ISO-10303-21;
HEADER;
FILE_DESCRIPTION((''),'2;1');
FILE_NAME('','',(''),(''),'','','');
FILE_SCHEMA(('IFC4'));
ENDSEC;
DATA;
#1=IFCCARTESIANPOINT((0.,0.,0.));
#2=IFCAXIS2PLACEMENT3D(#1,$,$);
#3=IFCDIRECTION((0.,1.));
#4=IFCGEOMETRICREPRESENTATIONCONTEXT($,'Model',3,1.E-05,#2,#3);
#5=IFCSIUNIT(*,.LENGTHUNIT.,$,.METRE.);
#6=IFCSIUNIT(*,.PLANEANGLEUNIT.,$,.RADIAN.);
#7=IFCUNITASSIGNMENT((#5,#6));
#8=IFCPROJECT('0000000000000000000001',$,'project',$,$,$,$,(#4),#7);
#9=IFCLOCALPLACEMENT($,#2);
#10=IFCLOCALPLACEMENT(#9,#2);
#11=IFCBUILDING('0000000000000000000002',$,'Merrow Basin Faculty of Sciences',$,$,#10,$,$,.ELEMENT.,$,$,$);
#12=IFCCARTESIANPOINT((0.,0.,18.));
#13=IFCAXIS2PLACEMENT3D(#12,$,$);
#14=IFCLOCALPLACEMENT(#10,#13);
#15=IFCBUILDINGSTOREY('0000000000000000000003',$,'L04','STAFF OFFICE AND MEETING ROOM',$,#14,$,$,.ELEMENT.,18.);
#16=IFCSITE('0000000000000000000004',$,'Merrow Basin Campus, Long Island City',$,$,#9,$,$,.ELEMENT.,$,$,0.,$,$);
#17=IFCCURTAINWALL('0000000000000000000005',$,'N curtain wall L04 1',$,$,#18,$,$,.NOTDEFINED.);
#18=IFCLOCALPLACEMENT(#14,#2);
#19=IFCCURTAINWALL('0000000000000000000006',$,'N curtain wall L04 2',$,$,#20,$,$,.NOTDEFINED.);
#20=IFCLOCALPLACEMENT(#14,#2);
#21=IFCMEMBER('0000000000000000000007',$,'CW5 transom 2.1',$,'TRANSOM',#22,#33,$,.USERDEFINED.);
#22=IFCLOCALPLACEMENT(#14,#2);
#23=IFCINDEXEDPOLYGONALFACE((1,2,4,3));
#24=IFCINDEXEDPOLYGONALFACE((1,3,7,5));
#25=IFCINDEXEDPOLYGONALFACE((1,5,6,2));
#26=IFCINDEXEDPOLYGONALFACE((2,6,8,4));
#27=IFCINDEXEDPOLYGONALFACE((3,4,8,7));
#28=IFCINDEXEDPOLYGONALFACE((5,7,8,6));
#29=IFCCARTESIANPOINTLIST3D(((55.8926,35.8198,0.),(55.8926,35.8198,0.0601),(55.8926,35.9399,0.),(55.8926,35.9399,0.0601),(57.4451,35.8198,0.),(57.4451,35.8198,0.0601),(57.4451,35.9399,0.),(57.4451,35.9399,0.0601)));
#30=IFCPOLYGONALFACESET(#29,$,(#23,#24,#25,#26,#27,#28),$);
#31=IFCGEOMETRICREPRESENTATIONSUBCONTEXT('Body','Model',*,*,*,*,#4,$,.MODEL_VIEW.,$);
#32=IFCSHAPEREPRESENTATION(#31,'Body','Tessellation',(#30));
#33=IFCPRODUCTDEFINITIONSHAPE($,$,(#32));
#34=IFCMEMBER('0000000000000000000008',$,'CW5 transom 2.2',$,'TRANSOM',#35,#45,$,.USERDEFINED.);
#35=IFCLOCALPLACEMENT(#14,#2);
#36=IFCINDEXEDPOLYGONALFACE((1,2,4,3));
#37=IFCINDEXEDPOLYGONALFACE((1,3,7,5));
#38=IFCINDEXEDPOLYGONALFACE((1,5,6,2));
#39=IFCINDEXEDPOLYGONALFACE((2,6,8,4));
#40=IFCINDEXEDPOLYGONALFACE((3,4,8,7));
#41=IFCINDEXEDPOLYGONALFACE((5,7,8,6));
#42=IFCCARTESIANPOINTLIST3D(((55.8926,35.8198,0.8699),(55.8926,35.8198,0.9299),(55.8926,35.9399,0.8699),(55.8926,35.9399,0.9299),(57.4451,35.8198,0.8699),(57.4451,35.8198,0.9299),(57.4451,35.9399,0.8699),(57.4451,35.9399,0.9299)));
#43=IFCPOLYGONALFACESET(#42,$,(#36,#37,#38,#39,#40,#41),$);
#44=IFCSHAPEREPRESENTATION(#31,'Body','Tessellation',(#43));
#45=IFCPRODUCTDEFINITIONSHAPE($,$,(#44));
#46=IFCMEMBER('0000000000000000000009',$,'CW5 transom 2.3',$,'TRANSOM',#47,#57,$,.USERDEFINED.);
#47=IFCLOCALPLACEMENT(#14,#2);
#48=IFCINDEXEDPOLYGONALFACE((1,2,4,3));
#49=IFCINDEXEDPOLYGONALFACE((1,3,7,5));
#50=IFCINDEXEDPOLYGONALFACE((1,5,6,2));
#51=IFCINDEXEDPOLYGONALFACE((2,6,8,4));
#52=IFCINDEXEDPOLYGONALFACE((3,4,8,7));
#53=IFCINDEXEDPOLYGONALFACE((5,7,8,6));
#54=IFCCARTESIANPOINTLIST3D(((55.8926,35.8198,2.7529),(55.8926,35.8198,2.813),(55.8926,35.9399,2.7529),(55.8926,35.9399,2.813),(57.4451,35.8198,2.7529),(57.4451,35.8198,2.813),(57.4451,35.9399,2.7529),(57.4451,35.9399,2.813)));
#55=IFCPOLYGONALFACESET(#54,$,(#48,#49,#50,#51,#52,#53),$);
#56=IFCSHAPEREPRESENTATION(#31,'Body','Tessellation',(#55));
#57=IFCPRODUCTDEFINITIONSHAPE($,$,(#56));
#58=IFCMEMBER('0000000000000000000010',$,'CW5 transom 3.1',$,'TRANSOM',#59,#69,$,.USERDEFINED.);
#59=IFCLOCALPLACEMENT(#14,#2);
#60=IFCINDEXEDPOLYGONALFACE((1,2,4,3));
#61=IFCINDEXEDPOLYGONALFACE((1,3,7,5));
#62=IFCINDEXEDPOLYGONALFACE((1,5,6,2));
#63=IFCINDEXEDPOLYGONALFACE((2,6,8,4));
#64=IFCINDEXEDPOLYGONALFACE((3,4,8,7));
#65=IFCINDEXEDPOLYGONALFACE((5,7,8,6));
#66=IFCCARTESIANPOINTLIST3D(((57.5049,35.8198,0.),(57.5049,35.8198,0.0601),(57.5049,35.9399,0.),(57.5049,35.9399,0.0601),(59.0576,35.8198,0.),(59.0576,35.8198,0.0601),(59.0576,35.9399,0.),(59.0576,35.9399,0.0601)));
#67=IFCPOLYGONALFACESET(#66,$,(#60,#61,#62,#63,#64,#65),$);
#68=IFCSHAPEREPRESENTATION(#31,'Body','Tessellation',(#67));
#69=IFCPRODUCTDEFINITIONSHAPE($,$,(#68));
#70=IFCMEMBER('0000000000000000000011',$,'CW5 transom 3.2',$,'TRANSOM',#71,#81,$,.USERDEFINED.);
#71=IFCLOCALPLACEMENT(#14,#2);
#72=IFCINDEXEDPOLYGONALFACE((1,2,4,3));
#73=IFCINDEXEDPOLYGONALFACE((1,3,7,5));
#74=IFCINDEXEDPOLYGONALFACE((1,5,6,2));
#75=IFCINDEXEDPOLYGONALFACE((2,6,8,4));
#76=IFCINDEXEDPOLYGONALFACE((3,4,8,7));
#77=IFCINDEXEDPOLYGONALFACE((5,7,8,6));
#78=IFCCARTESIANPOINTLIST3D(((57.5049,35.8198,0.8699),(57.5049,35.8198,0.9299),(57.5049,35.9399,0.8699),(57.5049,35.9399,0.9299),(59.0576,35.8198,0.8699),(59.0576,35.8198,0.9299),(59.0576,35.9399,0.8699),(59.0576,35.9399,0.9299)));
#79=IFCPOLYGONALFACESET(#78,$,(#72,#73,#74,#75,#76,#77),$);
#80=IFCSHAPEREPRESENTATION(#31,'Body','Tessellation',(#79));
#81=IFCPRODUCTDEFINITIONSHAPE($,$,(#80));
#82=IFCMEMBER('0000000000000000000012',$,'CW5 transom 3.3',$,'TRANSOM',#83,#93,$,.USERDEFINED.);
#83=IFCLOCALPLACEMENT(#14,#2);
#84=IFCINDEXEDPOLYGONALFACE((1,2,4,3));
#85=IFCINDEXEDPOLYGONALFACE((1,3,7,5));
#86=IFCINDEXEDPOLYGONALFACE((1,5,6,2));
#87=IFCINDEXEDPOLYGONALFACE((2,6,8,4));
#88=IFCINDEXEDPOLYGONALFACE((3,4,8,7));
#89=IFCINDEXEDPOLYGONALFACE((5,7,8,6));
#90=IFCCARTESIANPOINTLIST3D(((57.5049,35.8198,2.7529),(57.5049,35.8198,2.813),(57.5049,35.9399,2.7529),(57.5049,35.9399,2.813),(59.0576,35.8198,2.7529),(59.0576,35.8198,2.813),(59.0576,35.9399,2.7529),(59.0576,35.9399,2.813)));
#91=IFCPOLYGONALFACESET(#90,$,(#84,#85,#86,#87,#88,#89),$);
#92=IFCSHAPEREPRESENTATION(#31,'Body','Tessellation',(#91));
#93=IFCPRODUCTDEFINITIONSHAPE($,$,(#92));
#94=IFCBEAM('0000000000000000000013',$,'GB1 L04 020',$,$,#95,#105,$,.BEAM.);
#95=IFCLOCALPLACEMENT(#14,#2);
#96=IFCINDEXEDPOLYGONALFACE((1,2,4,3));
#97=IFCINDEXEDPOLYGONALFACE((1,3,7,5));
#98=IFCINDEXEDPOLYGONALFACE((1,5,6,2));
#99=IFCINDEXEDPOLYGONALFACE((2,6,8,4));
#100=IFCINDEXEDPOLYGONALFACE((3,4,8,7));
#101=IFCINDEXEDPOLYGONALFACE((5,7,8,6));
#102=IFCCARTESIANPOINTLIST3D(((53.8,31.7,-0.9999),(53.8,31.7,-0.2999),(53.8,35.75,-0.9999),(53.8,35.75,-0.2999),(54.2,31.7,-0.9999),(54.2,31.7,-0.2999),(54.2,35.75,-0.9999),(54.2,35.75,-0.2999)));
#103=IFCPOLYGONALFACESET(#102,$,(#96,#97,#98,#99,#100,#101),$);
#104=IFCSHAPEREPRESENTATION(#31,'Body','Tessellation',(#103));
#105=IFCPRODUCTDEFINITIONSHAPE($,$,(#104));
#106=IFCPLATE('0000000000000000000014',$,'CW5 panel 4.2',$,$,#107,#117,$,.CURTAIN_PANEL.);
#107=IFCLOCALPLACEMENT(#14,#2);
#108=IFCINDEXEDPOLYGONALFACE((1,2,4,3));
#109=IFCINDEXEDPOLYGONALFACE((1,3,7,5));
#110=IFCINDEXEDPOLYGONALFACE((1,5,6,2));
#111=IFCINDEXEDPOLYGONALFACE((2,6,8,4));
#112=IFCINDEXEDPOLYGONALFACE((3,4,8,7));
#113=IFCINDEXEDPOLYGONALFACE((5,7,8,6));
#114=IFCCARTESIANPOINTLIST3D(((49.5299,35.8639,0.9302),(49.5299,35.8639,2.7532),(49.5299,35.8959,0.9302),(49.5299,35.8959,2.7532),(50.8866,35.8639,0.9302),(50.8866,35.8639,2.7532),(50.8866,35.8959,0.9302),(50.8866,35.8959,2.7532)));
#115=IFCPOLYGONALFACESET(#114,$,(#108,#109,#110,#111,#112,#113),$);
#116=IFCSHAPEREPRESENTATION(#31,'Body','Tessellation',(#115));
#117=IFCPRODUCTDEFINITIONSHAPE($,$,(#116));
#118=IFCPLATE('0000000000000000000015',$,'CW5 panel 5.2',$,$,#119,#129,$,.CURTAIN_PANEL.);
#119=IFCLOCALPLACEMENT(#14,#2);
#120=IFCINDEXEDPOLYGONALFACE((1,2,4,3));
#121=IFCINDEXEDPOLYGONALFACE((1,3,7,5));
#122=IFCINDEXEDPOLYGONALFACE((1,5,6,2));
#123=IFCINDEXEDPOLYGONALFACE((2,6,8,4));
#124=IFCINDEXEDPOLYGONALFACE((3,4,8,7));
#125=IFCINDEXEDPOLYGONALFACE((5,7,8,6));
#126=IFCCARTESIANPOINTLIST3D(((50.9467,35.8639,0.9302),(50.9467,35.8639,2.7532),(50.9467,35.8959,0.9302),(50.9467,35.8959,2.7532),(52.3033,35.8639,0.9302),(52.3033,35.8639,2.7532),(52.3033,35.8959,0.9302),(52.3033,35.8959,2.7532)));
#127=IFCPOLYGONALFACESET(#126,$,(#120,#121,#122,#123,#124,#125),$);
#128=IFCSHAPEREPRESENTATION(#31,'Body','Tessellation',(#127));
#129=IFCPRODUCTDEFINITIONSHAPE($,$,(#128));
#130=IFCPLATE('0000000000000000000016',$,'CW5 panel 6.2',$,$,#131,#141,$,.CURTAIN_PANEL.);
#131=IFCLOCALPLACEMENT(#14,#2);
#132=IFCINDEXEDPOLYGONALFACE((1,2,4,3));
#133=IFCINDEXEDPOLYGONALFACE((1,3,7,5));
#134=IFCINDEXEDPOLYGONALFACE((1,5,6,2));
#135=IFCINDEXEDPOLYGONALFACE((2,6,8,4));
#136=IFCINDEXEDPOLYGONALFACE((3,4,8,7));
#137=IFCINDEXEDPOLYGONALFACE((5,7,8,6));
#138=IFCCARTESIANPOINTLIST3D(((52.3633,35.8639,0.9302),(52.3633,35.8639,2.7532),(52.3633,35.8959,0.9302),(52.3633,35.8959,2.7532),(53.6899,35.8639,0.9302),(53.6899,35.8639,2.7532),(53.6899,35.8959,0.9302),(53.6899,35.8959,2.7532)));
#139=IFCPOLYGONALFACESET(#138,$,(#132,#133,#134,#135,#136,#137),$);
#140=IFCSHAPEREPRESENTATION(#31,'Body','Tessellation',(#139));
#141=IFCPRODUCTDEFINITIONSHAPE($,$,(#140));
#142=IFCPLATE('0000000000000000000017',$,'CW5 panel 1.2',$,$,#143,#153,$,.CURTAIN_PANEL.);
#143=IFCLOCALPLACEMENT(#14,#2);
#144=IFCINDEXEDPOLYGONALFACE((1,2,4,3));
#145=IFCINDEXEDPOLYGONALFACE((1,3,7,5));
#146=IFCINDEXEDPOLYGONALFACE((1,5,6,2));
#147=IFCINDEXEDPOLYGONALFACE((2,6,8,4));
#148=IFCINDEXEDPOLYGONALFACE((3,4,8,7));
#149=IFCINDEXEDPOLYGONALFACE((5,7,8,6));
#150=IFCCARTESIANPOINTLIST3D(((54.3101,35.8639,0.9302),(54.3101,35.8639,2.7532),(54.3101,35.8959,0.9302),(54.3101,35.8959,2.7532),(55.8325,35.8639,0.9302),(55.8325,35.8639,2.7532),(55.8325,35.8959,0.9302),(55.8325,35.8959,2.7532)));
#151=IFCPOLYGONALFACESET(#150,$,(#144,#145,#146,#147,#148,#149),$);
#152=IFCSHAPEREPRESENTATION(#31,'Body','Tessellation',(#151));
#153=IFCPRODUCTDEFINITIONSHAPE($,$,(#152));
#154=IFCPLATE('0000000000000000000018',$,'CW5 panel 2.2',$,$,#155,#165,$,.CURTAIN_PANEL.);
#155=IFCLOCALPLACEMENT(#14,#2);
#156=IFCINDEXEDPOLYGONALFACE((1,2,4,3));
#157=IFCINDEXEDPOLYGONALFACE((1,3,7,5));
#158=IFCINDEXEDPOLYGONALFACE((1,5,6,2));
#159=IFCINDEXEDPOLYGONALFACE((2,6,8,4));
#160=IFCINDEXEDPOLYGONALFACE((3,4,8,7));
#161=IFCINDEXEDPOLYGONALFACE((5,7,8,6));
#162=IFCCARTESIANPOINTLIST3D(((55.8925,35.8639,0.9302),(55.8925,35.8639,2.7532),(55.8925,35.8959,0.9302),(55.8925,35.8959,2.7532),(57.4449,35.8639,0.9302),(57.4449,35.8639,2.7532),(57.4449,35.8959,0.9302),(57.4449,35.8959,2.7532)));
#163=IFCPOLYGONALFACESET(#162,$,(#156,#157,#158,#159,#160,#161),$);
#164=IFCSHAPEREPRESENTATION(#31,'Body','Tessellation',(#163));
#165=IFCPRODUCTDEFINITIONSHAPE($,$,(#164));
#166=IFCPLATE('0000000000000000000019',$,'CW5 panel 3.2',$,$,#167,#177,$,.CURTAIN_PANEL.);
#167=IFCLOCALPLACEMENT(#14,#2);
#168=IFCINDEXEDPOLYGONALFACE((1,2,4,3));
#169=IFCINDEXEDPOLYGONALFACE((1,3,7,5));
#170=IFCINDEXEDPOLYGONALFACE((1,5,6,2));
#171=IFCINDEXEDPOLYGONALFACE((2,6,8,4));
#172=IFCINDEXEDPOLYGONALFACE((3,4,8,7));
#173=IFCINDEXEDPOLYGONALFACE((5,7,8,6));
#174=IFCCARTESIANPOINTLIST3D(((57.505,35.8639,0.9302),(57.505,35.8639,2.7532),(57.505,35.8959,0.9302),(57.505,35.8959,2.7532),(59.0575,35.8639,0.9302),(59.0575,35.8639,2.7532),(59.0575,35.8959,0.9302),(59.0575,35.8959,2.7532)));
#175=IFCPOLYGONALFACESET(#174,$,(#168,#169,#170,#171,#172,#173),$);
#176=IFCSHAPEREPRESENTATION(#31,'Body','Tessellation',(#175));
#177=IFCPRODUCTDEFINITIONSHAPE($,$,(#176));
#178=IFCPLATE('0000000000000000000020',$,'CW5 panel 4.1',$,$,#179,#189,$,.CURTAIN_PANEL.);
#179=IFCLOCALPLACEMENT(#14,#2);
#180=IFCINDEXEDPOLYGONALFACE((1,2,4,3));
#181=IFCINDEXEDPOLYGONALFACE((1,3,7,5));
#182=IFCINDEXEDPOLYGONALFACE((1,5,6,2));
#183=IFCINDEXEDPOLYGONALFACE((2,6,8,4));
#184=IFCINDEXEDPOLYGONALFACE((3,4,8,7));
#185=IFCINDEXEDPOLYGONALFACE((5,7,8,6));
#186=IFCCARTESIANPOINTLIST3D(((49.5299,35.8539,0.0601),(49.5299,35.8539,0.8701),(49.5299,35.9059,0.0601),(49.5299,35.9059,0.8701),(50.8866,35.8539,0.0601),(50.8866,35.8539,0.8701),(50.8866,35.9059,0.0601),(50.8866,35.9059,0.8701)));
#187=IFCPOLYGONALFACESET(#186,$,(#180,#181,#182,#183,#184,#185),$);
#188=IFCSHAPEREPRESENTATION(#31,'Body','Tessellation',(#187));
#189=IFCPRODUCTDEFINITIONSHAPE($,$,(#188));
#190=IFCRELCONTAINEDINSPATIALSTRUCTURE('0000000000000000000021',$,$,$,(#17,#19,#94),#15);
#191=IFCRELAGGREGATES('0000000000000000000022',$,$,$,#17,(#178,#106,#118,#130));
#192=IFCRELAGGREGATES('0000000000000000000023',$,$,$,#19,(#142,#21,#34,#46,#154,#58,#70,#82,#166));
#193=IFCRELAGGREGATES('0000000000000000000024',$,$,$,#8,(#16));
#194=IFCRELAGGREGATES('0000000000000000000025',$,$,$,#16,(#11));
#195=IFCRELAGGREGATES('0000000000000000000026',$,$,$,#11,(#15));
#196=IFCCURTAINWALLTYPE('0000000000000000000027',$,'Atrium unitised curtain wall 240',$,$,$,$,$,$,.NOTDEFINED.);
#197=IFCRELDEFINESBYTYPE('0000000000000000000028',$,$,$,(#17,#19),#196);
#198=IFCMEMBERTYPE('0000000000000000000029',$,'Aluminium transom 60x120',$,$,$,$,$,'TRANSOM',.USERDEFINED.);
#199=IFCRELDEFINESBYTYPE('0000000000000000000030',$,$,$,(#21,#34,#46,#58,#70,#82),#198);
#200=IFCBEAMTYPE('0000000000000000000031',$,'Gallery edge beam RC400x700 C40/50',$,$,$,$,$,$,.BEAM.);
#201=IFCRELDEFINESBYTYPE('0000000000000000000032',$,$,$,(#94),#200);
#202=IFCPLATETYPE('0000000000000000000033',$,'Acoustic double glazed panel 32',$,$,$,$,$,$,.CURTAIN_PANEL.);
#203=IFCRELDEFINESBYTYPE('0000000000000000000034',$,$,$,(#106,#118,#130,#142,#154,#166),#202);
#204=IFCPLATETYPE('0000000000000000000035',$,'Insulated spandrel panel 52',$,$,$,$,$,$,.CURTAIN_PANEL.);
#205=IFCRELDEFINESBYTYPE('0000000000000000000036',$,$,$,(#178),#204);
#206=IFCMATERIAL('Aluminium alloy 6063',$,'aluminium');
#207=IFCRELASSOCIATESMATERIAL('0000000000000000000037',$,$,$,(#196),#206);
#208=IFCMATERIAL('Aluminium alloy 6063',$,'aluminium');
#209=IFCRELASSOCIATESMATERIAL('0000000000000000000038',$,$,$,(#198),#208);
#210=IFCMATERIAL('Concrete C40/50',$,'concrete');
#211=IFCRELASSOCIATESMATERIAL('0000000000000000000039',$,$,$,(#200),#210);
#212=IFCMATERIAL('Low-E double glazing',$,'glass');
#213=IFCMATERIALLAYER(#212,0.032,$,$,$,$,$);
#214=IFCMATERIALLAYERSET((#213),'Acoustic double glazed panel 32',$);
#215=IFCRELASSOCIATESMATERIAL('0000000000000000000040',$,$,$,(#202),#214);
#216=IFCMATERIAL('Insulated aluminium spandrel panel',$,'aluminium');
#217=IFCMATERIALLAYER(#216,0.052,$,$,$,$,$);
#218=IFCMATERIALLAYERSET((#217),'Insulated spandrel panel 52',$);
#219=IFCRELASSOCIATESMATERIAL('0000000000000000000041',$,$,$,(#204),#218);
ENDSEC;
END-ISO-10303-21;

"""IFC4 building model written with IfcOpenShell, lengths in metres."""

from ifc_helpers import new_model, si_unit, direction, frame, origin, origin_2d, place, context, subcontext, project, spatial, rectangle, extrude, material, layer, layer_set, material_profile, profile_set, type_object, element, aggregate, save


model = new_model("IFC4")

# Units and contexts
model_context = context("Model", 3, precision=1e-05, world=origin(), true_north=direction((0.0, 1.0)))
body_context = subcontext(model_context, "Body", "Model", "MODEL_VIEW")
ifc_project = project(units=[si_unit("LENGTHUNIT", "METRE"), si_unit("PLANEANGLEUNIT", "RADIAN")], contexts=[model_context])

# Site, building, storey
site_placement = place(None, origin())
site = spatial("IfcSite", under=ifc_project, at=site_placement, Name="Merrow Basin Campus, Long Island City", CompositionType="ELEMENT", RefElevation=0.0)
building_placement = place(site_placement, origin())
building = spatial("IfcBuilding", under=site, at=building_placement, Name="Merrow Basin Faculty of Sciences", CompositionType="ELEMENT")
storey_placement = place(building_placement, frame((0.0, 0.0, 18.0)))
storey = spatial("IfcBuildingStorey", under=building, at=storey_placement, Name="L04", Description="STAFF OFFICE AND MEETING ROOM", CompositionType="ELEMENT", Elevation=18.0)

# Curtain walls
ifc_material_1 = material(Name="Aluminium alloy 6063", Category="aluminium")
curtain_wall_type = type_object("IfcCurtainWallType", Name="Atrium unitised curtain wall 240", PredefinedType="NOTDEFINED", material=ifc_material_1)
curtain_wall_1_placement = place(storey_placement, origin())
curtain_wall_1 = element("IfcCurtainWall", 1, at=curtain_wall_1_placement, inside=storey, type_object=curtain_wall_type, Name="N curtain wall L04 1", PredefinedType="NOTDEFINED")
curtain_wall_2_placement = place(storey_placement, origin())
curtain_wall_2 = element("IfcCurtainWall", 2, at=curtain_wall_2_placement, inside=storey, type_object=curtain_wall_type, Name="N curtain wall L04 2", PredefinedType="NOTDEFINED")

# Members
ifc_material_2 = material(Name="Aluminium alloy 6063", Category="aluminium")
ifc_material_profile_1 = material_profile(ifc_material_2, rectangle(XDim=0.1201, YDim=0.0601, at=origin_2d()))
ifc_profile_set_1 = profile_set([ifc_material_profile_1], Name="Aluminium alloy 6063")
member_type_1 = type_object("IfcMemberType", Name="Aluminium transom 60x120", ElementType="TRANSOM", PredefinedType="USERDEFINED", material=ifc_profile_set_1)
member_1_placement = place(storey_placement, frame((55.8926, 35.8799, 0.03), z_axis=(1.0, 0.0, 0.0), x_axis=(0.0, 1.0, 0.0)))
member_1 = element("IfcMember", 3, at=member_1_placement, type_object=member_type_1, Name="CW5 transom 2.1", ObjectType="TRANSOM", PredefinedType="USERDEFINED", context=body_context, shape_type="SweptSolid", body=[
    extrude(rectangle(XDim=0.1201, YDim=0.0601, at=origin_2d()), origin(), (0.0, 0.0, 1.0), 1.5525),
])
member_2_placement = place(storey_placement, frame((55.8926, 35.8799, 0.8999), z_axis=(1.0, 0.0, 0.0), x_axis=(0.0, 1.0, 0.0)))
member_2 = element("IfcMember", 4, at=member_2_placement, type_object=member_type_1, Name="CW5 transom 2.2", ObjectType="TRANSOM", PredefinedType="USERDEFINED", context=body_context, shape_type="SweptSolid", body=[
    extrude(rectangle(XDim=0.1201, YDim=0.0601, at=origin_2d()), origin(), (0.0, 0.0, 1.0), 1.5525),
])
member_3_placement = place(storey_placement, frame((55.8926, 35.8799, 2.783), z_axis=(1.0, 0.0, 0.0), x_axis=(0.0, 1.0, 0.0)))
member_3 = element("IfcMember", 5, at=member_3_placement, type_object=member_type_1, Name="CW5 transom 2.3", ObjectType="TRANSOM", PredefinedType="USERDEFINED", context=body_context, shape_type="SweptSolid", body=[
    extrude(rectangle(XDim=0.1201, YDim=0.0601, at=origin_2d()), origin(), (0.0, 0.0, 1.0), 1.5525),
])
member_4_placement = place(storey_placement, frame((57.5049, 35.8799, 0.03), z_axis=(1.0, 0.0, 0.0), x_axis=(0.0, 1.0, 0.0)))
member_4 = element("IfcMember", 6, at=member_4_placement, type_object=member_type_1, Name="CW5 transom 3.1", ObjectType="TRANSOM", PredefinedType="USERDEFINED", context=body_context, shape_type="SweptSolid", body=[
    extrude(rectangle(XDim=0.1201, YDim=0.0601, at=origin_2d()), origin(), (0.0, 0.0, 1.0), 1.5527),
])
member_5_placement = place(storey_placement, frame((57.5049, 35.8799, 0.8999), z_axis=(1.0, 0.0, 0.0), x_axis=(0.0, 1.0, 0.0)))
member_5 = element("IfcMember", 7, at=member_5_placement, type_object=member_type_1, Name="CW5 transom 3.2", ObjectType="TRANSOM", PredefinedType="USERDEFINED", context=body_context, shape_type="SweptSolid", body=[
    extrude(rectangle(XDim=0.1201, YDim=0.0601, at=origin_2d()), origin(), (0.0, 0.0, 1.0), 1.5527),
])
member_6_placement = place(storey_placement, frame((57.5049, 35.8799, 2.783), z_axis=(1.0, 0.0, 0.0), x_axis=(0.0, 1.0, 0.0)))
member_6 = element("IfcMember", 8, at=member_6_placement, type_object=member_type_1, Name="CW5 transom 3.3", ObjectType="TRANSOM", PredefinedType="USERDEFINED", context=body_context, shape_type="SweptSolid", body=[
    extrude(rectangle(XDim=0.1201, YDim=0.0601, at=origin_2d()), origin(), (0.0, 0.0, 1.0), 1.5527),
])

# Beam
ifc_material_3 = material(Name="Concrete C40/50", Category="concrete")
ifc_material_profile_2 = material_profile(ifc_material_3, rectangle(XDim=0.3999, YDim=0.7, at=origin_2d()))
ifc_profile_set_2 = profile_set([ifc_material_profile_2], Name="Concrete C40/50")
beam_type = type_object("IfcBeamType", Name="Gallery edge beam RC400x700 C40/50", PredefinedType="BEAM", material=ifc_profile_set_2)
beam_placement = place(storey_placement, frame((54.0, 31.7, -0.6499), z_axis=(0.0, 1.0, 0.0), x_axis=(-1.0, 0.0, 0.0)))
element("IfcBeam", 9, at=beam_placement, inside=storey, type_object=beam_type, Name="GB1 L04 020", PredefinedType="BEAM", context=body_context, shape_type="SweptSolid", body=[
    extrude(rectangle(XDim=0.3999, YDim=0.7, at=origin_2d()), origin(), (0.0, 0.0, 1.0), 4.05),
])

# Plates
ifc_material_4 = material(Name="Low-E double glazing", Category="glass")
ifc_layer_1 = layer(ifc_material_4, 0.032)
ifc_layer_set_1 = layer_set([ifc_layer_1], Name="Acoustic double glazed panel 32")
plate_type_1 = type_object("IfcPlateType", Name="Acoustic double glazed panel 32", PredefinedType="CURTAIN_PANEL", material=ifc_layer_set_1)
plate_1_placement = place(storey_placement, frame((50.2083, 35.8799, 0.9302), z_axis=(0.0, 0.0, 1.0), x_axis=(1.0, 0.0, 0.0)))
plate_1 = element("IfcPlate", 10, at=plate_1_placement, type_object=plate_type_1, Name="CW5 panel 4.2", PredefinedType="CURTAIN_PANEL", context=body_context, shape_type="SweptSolid", body=[
    extrude(rectangle(XDim=1.3567, YDim=0.032, at=origin_2d()), origin(), (0.0, 0.0, 1.0), 1.823),
])
plate_2_placement = place(storey_placement, frame((51.625, 35.8799, 0.9302), z_axis=(0.0, 0.0, 1.0), x_axis=(1.0, 0.0, 0.0)))
plate_2 = element("IfcPlate", 11, at=plate_2_placement, type_object=plate_type_1, Name="CW5 panel 5.2", PredefinedType="CURTAIN_PANEL", context=body_context, shape_type="SweptSolid", body=[
    extrude(rectangle(XDim=1.3567, YDim=0.032, at=origin_2d()), origin(), (0.0, 0.0, 1.0), 1.823),
])
plate_3_placement = place(storey_placement, frame((53.0266, 35.8799, 0.9302), z_axis=(0.0, 0.0, 1.0), x_axis=(1.0, 0.0, 0.0)))
plate_3 = element("IfcPlate", 12, at=plate_3_placement, type_object=plate_type_1, Name="CW5 panel 6.2", PredefinedType="CURTAIN_PANEL", context=body_context, shape_type="SweptSolid", body=[
    extrude(rectangle(XDim=1.3267, YDim=0.032, at=origin_2d()), origin(), (0.0, 0.0, 1.0), 1.823),
])
plate_4_placement = place(storey_placement, frame((55.0713, 35.8799, 0.9302), z_axis=(0.0, 0.0, 1.0), x_axis=(1.0, 0.0, 0.0)))
plate_4 = element("IfcPlate", 13, at=plate_4_placement, type_object=plate_type_1, Name="CW5 panel 1.2", PredefinedType="CURTAIN_PANEL", context=body_context, shape_type="SweptSolid", body=[
    extrude(rectangle(XDim=1.5225, YDim=0.032, at=origin_2d()), origin(), (0.0, 0.0, 1.0), 1.823),
])
plate_5_placement = place(storey_placement, frame((56.6687, 35.8799, 0.9302), z_axis=(0.0, 0.0, 1.0), x_axis=(1.0, 0.0, 0.0)))
plate_5 = element("IfcPlate", 14, at=plate_5_placement, type_object=plate_type_1, Name="CW5 panel 2.2", PredefinedType="CURTAIN_PANEL", context=body_context, shape_type="SweptSolid", body=[
    extrude(rectangle(XDim=1.5525, YDim=0.032, at=origin_2d()), origin(), (0.0, 0.0, 1.0), 1.823),
])
plate_6_placement = place(storey_placement, frame((58.2812, 35.8799, 0.9302), z_axis=(0.0, 0.0, 1.0), x_axis=(1.0, 0.0, 0.0)))
plate_6 = element("IfcPlate", 15, at=plate_6_placement, type_object=plate_type_1, Name="CW5 panel 3.2", PredefinedType="CURTAIN_PANEL", context=body_context, shape_type="SweptSolid", body=[
    extrude(rectangle(XDim=1.5525, YDim=0.032, at=origin_2d()), origin(), (0.0, 0.0, 1.0), 1.823),
])
ifc_material_5 = material(Name="Insulated aluminium spandrel panel", Category="aluminium")
ifc_layer_2 = layer(ifc_material_5, 0.052)
ifc_layer_set_2 = layer_set([ifc_layer_2], Name="Insulated spandrel panel 52")
plate_type_2 = type_object("IfcPlateType", Name="Insulated spandrel panel 52", PredefinedType="CURTAIN_PANEL", material=ifc_layer_set_2)
plate_7_placement = place(storey_placement, frame((50.2083, 35.8799, 0.0601), z_axis=(0.0, 0.0, 1.0), x_axis=(1.0, 0.0, 0.0)))
plate_7 = element("IfcPlate", 16, at=plate_7_placement, type_object=plate_type_2, Name="CW5 panel 4.1", PredefinedType="CURTAIN_PANEL", context=body_context, shape_type="SweptSolid", body=[
    extrude(rectangle(XDim=1.3567, YDim=0.052, at=origin_2d()), origin(), (0.0, 0.0, 1.0), 0.8101),
])
aggregate(curtain_wall_1, [plate_7, plate_1, plate_2, plate_3])
aggregate(curtain_wall_2, [plate_4, member_1, member_2, member_3, plate_5, member_4, member_5, member_6, plate_6])

save(model, "model.ifc")
